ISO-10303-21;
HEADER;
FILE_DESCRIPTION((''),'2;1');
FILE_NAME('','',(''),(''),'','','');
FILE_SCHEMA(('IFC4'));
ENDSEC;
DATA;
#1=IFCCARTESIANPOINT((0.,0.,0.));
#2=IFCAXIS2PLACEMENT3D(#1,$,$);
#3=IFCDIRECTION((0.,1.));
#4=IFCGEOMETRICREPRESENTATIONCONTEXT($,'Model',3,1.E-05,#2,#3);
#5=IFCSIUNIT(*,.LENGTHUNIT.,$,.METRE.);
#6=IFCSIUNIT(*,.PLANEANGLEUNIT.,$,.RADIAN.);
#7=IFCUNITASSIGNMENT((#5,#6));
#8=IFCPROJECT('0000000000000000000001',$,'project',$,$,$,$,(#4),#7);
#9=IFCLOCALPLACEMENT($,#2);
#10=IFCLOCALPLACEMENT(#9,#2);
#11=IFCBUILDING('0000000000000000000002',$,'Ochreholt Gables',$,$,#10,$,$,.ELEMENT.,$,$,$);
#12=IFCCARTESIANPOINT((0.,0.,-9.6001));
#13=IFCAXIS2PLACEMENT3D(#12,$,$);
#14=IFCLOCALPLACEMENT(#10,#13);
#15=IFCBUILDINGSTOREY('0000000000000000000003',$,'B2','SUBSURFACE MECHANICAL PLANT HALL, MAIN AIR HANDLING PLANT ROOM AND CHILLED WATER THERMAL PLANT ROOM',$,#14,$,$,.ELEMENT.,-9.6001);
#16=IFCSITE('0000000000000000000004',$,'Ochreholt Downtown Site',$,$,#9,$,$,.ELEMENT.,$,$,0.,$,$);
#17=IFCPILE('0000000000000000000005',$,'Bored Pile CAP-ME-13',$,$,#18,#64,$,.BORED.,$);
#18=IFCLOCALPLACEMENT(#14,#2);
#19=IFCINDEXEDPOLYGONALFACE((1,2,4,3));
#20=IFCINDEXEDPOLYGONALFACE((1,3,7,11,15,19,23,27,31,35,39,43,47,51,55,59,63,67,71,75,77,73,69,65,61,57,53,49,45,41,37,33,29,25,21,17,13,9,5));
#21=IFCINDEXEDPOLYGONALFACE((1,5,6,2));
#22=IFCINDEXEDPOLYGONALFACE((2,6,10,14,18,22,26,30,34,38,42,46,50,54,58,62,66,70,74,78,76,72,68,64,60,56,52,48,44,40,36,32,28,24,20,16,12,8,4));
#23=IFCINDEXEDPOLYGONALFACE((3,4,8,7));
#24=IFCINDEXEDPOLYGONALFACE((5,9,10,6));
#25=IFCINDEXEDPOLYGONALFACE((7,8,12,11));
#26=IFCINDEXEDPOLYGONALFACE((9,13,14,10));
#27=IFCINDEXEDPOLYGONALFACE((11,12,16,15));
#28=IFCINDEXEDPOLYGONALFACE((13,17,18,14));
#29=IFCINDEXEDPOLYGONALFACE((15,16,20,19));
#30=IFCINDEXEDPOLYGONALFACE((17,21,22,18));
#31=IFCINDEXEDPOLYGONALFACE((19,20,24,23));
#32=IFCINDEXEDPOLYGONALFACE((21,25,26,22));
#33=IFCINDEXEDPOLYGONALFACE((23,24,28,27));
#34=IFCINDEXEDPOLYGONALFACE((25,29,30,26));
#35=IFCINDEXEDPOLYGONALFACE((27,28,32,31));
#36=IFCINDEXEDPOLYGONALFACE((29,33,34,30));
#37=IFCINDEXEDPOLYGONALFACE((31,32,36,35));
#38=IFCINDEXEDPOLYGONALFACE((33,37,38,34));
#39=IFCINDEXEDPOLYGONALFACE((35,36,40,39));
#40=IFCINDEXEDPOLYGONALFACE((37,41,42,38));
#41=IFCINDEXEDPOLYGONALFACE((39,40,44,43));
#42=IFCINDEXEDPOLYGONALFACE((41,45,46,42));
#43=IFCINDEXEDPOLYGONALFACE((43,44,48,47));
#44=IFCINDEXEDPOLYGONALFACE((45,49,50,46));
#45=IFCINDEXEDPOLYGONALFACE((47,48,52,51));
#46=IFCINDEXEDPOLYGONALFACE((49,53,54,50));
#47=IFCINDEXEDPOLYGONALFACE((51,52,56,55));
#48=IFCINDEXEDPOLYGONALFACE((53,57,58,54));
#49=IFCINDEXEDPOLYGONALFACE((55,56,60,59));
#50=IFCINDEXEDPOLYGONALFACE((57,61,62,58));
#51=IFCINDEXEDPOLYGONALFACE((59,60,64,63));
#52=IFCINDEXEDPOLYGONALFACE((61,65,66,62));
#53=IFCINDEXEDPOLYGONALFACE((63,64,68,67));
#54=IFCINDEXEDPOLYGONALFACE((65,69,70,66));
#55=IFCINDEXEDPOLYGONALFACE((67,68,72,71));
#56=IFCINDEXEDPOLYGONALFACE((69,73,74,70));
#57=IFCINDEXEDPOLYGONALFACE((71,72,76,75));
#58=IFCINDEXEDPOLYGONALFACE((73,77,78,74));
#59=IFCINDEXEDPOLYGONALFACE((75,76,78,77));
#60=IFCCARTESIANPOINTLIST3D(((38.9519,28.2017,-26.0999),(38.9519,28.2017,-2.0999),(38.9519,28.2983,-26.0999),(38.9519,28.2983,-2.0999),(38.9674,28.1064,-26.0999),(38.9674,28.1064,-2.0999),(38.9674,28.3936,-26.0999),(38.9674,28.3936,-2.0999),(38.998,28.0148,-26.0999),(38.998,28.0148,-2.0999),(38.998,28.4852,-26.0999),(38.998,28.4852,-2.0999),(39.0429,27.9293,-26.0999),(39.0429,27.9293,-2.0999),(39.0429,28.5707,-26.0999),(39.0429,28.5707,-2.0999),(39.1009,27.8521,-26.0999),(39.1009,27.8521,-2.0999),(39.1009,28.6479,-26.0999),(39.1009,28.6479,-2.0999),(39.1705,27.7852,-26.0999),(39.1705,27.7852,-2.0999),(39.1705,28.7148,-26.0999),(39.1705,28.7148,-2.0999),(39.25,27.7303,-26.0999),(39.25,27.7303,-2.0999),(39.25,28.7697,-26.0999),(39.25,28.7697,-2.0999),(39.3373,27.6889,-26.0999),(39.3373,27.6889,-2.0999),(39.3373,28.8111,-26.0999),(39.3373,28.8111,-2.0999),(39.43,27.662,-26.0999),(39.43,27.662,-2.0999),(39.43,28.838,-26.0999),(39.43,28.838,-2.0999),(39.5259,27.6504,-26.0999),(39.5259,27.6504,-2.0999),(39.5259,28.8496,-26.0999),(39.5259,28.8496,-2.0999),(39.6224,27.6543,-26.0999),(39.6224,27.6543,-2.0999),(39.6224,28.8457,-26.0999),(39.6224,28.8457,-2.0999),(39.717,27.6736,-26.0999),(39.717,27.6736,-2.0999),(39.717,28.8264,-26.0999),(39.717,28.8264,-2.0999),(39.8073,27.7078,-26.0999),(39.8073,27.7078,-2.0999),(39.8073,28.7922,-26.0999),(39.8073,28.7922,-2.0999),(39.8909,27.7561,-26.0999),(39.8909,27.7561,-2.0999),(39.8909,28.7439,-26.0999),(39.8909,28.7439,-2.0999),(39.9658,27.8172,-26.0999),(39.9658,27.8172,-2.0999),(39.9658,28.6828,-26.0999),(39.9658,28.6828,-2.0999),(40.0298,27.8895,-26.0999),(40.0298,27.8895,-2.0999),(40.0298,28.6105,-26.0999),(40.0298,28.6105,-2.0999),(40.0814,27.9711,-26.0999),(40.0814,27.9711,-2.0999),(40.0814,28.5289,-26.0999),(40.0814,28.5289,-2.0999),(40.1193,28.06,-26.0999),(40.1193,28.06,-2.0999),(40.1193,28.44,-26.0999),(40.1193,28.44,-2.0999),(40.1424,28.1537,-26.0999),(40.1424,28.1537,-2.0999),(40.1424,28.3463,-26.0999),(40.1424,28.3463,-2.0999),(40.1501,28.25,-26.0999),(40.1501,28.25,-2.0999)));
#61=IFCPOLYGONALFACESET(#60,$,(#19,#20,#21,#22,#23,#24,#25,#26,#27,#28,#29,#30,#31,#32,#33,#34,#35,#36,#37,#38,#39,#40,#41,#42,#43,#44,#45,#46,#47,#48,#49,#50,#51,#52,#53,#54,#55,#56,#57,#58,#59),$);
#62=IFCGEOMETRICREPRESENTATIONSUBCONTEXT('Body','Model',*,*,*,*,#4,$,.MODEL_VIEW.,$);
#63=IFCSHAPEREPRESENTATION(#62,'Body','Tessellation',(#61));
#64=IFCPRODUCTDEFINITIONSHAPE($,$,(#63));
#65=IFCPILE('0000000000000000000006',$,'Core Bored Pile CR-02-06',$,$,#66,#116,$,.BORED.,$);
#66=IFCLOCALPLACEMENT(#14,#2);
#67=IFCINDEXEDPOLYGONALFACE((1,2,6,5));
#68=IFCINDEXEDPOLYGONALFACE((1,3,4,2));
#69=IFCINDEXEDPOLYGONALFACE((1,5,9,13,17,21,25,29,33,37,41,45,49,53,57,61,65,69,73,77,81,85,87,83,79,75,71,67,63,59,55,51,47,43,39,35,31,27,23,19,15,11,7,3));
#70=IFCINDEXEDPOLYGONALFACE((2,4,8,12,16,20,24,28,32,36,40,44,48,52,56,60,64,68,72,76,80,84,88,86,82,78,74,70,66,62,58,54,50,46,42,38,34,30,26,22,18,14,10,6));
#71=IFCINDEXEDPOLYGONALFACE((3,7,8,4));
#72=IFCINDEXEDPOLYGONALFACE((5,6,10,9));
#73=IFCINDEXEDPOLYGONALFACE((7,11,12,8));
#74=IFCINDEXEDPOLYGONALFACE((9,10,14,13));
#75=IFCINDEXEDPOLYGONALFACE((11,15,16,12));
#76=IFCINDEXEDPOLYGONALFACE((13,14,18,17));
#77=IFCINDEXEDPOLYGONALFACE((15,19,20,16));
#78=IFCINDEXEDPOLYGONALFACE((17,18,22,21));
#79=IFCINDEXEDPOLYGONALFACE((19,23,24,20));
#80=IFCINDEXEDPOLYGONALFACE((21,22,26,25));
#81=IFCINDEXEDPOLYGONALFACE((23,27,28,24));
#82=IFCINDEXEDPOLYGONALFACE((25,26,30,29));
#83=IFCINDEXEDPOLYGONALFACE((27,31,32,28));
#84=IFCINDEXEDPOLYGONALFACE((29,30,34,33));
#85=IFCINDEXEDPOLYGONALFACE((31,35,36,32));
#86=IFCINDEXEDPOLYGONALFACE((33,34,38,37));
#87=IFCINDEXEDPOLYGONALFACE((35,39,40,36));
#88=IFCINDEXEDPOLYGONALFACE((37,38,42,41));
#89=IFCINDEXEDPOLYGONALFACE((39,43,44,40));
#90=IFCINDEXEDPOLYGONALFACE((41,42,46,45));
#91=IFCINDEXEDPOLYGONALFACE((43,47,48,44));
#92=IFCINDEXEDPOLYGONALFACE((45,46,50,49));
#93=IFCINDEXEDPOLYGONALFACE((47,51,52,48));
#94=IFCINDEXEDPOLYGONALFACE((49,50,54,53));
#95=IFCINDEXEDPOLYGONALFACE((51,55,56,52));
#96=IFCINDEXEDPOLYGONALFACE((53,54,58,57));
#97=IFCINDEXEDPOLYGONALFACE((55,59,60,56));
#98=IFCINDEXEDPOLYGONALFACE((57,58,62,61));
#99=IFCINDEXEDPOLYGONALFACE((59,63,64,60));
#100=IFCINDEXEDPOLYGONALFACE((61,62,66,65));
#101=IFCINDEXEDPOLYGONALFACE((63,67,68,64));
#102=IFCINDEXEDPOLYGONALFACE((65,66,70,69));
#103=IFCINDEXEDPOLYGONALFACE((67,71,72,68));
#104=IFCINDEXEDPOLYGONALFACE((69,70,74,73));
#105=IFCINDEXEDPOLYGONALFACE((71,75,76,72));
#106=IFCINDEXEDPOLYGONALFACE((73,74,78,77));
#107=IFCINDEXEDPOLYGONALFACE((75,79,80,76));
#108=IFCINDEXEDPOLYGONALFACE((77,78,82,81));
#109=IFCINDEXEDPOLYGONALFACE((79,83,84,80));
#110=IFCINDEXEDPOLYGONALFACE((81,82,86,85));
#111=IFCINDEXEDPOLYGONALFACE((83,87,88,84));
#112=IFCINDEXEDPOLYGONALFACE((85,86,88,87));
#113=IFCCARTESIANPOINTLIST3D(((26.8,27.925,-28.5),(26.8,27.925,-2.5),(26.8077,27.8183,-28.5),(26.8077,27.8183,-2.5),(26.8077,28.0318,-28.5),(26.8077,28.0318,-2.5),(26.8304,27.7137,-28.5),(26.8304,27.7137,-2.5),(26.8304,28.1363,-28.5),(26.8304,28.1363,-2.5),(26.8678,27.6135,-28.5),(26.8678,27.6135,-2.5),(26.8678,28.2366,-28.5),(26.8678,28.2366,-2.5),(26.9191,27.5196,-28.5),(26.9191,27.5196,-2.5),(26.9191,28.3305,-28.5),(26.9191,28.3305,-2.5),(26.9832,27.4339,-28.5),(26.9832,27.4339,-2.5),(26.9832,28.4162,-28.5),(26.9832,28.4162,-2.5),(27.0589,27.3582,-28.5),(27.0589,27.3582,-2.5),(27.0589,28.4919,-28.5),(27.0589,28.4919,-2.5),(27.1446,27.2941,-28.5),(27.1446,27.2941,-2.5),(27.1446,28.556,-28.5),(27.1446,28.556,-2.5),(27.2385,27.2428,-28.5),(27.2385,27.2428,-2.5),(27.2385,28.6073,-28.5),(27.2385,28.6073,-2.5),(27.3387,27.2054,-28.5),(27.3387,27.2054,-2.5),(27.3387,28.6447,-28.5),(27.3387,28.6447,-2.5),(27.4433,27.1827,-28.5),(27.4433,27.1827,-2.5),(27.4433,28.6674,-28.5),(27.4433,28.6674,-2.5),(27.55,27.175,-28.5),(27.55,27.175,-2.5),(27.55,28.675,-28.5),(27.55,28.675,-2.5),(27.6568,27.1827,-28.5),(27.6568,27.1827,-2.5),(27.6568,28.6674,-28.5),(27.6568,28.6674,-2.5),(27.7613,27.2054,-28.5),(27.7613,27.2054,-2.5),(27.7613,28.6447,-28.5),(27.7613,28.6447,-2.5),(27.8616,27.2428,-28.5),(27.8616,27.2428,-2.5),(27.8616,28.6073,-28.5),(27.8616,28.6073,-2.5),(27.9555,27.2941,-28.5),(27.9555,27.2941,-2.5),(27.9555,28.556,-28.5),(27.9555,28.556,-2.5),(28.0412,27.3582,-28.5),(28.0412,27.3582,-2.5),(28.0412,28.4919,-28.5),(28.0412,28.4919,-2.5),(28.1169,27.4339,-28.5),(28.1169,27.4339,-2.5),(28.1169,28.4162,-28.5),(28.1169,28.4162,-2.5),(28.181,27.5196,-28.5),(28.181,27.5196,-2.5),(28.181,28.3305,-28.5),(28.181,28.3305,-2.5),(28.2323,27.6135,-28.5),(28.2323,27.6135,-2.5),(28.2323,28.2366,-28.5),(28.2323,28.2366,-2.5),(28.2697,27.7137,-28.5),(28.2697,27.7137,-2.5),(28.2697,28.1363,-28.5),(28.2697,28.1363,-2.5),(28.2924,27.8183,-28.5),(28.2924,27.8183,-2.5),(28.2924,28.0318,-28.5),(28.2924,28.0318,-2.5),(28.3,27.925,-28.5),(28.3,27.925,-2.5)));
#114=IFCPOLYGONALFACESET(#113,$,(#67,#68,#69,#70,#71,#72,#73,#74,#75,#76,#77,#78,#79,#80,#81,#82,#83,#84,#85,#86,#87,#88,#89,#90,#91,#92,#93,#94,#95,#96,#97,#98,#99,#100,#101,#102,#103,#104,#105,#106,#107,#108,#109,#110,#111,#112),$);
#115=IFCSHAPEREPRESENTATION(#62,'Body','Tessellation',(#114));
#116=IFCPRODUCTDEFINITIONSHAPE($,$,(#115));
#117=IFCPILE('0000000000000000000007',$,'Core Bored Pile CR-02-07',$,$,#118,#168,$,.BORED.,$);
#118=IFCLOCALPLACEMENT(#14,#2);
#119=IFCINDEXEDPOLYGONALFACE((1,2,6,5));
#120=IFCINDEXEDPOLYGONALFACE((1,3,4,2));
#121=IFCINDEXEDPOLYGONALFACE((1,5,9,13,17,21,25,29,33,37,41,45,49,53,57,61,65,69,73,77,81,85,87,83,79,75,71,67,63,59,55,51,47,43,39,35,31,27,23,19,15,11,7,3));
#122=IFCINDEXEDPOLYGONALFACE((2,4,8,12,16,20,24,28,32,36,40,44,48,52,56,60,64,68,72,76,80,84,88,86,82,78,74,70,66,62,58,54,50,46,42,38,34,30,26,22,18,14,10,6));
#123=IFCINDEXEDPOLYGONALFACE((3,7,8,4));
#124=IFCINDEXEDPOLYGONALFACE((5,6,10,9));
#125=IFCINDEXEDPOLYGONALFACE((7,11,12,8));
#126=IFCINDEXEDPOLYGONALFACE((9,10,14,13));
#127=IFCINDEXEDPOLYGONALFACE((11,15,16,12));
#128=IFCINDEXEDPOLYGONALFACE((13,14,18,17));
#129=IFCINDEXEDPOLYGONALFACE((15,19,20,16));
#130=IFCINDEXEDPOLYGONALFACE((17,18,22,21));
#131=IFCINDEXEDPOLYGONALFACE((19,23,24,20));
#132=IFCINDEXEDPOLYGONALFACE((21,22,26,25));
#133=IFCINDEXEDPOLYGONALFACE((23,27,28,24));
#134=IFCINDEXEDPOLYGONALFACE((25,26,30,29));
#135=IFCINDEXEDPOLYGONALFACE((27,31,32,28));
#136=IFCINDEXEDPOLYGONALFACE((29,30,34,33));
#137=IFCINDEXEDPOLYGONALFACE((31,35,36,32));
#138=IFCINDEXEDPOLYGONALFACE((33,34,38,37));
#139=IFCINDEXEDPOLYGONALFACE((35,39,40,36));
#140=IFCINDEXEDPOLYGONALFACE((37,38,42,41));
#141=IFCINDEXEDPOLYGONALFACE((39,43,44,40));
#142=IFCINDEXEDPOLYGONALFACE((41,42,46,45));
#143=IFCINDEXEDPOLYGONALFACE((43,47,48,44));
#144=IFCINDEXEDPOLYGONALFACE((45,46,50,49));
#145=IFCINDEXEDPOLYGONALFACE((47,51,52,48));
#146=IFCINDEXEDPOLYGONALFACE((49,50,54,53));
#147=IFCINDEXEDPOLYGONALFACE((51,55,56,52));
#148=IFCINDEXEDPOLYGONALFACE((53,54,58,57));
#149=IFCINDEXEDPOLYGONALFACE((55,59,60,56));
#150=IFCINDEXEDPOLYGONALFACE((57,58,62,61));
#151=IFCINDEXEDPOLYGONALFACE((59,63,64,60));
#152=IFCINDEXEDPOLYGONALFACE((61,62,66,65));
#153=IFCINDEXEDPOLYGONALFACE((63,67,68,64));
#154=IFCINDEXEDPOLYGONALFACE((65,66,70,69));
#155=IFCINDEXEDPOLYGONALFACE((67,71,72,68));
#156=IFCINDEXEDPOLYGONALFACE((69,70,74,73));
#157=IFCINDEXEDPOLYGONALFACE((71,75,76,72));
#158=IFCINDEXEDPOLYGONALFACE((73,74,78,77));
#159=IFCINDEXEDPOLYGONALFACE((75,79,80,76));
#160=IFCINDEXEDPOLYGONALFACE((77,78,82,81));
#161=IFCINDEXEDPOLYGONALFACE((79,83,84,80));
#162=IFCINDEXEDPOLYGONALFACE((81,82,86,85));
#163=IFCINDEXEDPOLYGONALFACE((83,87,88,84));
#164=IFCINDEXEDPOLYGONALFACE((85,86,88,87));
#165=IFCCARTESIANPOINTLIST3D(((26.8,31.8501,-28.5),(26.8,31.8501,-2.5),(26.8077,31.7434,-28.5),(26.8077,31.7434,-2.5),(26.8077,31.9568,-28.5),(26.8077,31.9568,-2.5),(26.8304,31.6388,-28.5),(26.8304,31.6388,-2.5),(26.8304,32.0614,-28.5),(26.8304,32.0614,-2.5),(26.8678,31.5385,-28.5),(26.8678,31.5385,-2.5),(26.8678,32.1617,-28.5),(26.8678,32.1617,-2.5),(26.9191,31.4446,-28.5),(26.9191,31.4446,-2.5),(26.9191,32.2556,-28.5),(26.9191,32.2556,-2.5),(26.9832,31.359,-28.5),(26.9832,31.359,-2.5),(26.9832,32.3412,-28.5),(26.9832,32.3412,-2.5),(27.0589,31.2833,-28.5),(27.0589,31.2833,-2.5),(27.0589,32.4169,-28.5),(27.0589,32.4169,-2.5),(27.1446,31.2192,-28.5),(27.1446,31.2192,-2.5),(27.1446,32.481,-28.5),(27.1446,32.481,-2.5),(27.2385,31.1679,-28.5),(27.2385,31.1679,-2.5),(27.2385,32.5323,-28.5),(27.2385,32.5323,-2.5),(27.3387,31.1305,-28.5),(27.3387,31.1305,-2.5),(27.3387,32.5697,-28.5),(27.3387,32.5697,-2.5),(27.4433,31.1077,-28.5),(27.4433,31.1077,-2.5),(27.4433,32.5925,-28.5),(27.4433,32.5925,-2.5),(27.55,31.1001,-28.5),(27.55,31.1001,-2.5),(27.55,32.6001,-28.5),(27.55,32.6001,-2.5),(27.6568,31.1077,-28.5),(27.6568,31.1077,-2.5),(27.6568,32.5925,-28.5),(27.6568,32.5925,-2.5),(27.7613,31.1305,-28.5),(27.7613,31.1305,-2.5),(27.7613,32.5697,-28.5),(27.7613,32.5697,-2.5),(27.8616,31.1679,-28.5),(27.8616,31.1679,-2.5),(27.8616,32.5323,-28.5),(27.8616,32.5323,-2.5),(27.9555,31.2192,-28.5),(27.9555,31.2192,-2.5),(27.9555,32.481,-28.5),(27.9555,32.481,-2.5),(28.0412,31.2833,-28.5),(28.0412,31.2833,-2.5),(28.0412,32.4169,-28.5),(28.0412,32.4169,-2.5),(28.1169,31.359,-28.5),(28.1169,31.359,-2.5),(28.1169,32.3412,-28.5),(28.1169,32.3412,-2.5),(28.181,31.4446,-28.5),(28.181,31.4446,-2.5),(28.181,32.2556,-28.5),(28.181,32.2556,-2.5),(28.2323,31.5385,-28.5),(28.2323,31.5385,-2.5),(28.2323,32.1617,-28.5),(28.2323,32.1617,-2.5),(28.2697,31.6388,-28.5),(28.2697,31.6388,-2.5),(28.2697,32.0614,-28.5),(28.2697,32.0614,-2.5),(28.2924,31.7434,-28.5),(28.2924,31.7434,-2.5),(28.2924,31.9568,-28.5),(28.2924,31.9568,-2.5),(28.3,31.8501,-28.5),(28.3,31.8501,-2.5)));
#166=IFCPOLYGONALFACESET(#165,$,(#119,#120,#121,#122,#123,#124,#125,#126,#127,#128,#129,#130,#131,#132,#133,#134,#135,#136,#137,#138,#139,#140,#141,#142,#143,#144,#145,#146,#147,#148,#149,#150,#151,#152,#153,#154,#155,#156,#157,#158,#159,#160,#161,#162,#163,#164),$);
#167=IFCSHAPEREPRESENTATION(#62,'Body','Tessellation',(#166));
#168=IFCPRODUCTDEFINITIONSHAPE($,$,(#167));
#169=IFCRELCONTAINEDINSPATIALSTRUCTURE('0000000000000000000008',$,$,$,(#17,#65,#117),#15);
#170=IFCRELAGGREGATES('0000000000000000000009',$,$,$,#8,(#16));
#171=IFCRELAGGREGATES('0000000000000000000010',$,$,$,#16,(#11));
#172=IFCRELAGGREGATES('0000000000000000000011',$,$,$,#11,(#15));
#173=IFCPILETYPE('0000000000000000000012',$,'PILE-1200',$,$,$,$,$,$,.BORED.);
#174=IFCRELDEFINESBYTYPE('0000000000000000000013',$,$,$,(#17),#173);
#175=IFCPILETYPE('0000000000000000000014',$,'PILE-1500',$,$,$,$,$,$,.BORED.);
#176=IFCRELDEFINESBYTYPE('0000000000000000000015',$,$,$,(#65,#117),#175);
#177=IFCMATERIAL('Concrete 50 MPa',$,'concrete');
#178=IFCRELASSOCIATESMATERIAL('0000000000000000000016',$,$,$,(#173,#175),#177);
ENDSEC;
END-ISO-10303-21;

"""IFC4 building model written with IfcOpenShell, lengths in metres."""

from ifc_helpers import new_model, si_unit, direction, frame, origin, origin_2d, place, context, subcontext, project, spatial, circle, extrude, material, material_profile, profile_set, type_object, element, save


model = new_model("IFC4")

# Units and contexts
model_context = context("Model", 3, precision=1e-05, world=origin(), true_north=direction((0.0, 1.0)))
body_context = subcontext(model_context, "Body", "Model", "MODEL_VIEW")
ifc_project = project(units=[si_unit("LENGTHUNIT", "METRE"), si_unit("PLANEANGLEUNIT", "RADIAN")], contexts=[model_context])

# Site, building, storey
site_placement = place(None, origin())
site = spatial("IfcSite", under=ifc_project, at=site_placement, Name="Ochreholt Downtown Site", CompositionType="ELEMENT", RefElevation=0.0)
building_placement = place(site_placement, origin())
building = spatial("IfcBuilding", under=site, at=building_placement, Name="Ochreholt Gables", CompositionType="ELEMENT")
storey_placement = place(building_placement, frame((0.0, 0.0, -9.6001)))
storey = spatial("IfcBuildingStorey", under=building, at=storey_placement, Name="B2", Description="SUBSURFACE MECHANICAL PLANT HALL, MAIN AIR HANDLING PLANT ROOM AND CHILLED WATER THERMAL PLANT ROOM", CompositionType="ELEMENT", Elevation=-9.6001)

# Piles
ifc_material_1 = material(Name="Concrete 50 MPa", Category="concrete")
ifc_material_profile_1 = material_profile(ifc_material_1, circle(Radius=0.6001, at=origin_2d()), Name="PILE1200")
ifc_profile_set_1 = profile_set([ifc_material_profile_1], Name="Concrete 50 MPa")
pile_type_1 = type_object("IfcPileType", Name="PILE-1200", PredefinedType="BORED", material=ifc_profile_set_1)
pile_placement = place(storey_placement, frame((39.55, 28.25, -2.0999), z_axis=(0.0, 0.0, -1.0), x_axis=(1.0, 0.0, 0.0)))
element("IfcPile", 1, at=pile_placement, inside=storey, type_object=pile_type_1, Name="Bored Pile CAP-ME-13", PredefinedType="BORED", context=body_context, shape_type="SweptSolid", body=[
    extrude(circle(Radius=0.6001, at=origin_2d()), origin(), (0.0, 0.0, 1.0), 24.0),
])
ifc_material_profile_2 = material_profile(ifc_material_1, circle(Radius=0.75, at=origin_2d()), Name="PILE1500")
ifc_profile_set_2 = profile_set([ifc_material_profile_2], Name="Concrete 50 MPa")
pile_type_2 = type_object("IfcPileType", Name="PILE-1500", PredefinedType="BORED", material=ifc_profile_set_2)
for number, where, z_axis, x_axis, name in (
    (2, (27.55, 27.925, -2.5), (0.0, 0.0, -1.0), (1.0, 0.0, 0.0), "Core Bored Pile CR-02-06"),
    (3, (27.55, 31.8501, -2.5), (0.0, 0.0, -1.0), (1.0, 0.0, 0.0), "Core Bored Pile CR-02-07"),
):
    element("IfcPile", number, at=place(storey_placement, frame(where, z_axis=z_axis, x_axis=x_axis)), inside=storey, type_object=pile_type_2, Name=name, PredefinedType="BORED", context=body_context, shape_type="SweptSolid", body=[
        extrude(circle(Radius=0.75, at=origin_2d()), origin(), (0.0, 0.0, 1.0), 26.0),
    ])

save(model, "model.ifc")
